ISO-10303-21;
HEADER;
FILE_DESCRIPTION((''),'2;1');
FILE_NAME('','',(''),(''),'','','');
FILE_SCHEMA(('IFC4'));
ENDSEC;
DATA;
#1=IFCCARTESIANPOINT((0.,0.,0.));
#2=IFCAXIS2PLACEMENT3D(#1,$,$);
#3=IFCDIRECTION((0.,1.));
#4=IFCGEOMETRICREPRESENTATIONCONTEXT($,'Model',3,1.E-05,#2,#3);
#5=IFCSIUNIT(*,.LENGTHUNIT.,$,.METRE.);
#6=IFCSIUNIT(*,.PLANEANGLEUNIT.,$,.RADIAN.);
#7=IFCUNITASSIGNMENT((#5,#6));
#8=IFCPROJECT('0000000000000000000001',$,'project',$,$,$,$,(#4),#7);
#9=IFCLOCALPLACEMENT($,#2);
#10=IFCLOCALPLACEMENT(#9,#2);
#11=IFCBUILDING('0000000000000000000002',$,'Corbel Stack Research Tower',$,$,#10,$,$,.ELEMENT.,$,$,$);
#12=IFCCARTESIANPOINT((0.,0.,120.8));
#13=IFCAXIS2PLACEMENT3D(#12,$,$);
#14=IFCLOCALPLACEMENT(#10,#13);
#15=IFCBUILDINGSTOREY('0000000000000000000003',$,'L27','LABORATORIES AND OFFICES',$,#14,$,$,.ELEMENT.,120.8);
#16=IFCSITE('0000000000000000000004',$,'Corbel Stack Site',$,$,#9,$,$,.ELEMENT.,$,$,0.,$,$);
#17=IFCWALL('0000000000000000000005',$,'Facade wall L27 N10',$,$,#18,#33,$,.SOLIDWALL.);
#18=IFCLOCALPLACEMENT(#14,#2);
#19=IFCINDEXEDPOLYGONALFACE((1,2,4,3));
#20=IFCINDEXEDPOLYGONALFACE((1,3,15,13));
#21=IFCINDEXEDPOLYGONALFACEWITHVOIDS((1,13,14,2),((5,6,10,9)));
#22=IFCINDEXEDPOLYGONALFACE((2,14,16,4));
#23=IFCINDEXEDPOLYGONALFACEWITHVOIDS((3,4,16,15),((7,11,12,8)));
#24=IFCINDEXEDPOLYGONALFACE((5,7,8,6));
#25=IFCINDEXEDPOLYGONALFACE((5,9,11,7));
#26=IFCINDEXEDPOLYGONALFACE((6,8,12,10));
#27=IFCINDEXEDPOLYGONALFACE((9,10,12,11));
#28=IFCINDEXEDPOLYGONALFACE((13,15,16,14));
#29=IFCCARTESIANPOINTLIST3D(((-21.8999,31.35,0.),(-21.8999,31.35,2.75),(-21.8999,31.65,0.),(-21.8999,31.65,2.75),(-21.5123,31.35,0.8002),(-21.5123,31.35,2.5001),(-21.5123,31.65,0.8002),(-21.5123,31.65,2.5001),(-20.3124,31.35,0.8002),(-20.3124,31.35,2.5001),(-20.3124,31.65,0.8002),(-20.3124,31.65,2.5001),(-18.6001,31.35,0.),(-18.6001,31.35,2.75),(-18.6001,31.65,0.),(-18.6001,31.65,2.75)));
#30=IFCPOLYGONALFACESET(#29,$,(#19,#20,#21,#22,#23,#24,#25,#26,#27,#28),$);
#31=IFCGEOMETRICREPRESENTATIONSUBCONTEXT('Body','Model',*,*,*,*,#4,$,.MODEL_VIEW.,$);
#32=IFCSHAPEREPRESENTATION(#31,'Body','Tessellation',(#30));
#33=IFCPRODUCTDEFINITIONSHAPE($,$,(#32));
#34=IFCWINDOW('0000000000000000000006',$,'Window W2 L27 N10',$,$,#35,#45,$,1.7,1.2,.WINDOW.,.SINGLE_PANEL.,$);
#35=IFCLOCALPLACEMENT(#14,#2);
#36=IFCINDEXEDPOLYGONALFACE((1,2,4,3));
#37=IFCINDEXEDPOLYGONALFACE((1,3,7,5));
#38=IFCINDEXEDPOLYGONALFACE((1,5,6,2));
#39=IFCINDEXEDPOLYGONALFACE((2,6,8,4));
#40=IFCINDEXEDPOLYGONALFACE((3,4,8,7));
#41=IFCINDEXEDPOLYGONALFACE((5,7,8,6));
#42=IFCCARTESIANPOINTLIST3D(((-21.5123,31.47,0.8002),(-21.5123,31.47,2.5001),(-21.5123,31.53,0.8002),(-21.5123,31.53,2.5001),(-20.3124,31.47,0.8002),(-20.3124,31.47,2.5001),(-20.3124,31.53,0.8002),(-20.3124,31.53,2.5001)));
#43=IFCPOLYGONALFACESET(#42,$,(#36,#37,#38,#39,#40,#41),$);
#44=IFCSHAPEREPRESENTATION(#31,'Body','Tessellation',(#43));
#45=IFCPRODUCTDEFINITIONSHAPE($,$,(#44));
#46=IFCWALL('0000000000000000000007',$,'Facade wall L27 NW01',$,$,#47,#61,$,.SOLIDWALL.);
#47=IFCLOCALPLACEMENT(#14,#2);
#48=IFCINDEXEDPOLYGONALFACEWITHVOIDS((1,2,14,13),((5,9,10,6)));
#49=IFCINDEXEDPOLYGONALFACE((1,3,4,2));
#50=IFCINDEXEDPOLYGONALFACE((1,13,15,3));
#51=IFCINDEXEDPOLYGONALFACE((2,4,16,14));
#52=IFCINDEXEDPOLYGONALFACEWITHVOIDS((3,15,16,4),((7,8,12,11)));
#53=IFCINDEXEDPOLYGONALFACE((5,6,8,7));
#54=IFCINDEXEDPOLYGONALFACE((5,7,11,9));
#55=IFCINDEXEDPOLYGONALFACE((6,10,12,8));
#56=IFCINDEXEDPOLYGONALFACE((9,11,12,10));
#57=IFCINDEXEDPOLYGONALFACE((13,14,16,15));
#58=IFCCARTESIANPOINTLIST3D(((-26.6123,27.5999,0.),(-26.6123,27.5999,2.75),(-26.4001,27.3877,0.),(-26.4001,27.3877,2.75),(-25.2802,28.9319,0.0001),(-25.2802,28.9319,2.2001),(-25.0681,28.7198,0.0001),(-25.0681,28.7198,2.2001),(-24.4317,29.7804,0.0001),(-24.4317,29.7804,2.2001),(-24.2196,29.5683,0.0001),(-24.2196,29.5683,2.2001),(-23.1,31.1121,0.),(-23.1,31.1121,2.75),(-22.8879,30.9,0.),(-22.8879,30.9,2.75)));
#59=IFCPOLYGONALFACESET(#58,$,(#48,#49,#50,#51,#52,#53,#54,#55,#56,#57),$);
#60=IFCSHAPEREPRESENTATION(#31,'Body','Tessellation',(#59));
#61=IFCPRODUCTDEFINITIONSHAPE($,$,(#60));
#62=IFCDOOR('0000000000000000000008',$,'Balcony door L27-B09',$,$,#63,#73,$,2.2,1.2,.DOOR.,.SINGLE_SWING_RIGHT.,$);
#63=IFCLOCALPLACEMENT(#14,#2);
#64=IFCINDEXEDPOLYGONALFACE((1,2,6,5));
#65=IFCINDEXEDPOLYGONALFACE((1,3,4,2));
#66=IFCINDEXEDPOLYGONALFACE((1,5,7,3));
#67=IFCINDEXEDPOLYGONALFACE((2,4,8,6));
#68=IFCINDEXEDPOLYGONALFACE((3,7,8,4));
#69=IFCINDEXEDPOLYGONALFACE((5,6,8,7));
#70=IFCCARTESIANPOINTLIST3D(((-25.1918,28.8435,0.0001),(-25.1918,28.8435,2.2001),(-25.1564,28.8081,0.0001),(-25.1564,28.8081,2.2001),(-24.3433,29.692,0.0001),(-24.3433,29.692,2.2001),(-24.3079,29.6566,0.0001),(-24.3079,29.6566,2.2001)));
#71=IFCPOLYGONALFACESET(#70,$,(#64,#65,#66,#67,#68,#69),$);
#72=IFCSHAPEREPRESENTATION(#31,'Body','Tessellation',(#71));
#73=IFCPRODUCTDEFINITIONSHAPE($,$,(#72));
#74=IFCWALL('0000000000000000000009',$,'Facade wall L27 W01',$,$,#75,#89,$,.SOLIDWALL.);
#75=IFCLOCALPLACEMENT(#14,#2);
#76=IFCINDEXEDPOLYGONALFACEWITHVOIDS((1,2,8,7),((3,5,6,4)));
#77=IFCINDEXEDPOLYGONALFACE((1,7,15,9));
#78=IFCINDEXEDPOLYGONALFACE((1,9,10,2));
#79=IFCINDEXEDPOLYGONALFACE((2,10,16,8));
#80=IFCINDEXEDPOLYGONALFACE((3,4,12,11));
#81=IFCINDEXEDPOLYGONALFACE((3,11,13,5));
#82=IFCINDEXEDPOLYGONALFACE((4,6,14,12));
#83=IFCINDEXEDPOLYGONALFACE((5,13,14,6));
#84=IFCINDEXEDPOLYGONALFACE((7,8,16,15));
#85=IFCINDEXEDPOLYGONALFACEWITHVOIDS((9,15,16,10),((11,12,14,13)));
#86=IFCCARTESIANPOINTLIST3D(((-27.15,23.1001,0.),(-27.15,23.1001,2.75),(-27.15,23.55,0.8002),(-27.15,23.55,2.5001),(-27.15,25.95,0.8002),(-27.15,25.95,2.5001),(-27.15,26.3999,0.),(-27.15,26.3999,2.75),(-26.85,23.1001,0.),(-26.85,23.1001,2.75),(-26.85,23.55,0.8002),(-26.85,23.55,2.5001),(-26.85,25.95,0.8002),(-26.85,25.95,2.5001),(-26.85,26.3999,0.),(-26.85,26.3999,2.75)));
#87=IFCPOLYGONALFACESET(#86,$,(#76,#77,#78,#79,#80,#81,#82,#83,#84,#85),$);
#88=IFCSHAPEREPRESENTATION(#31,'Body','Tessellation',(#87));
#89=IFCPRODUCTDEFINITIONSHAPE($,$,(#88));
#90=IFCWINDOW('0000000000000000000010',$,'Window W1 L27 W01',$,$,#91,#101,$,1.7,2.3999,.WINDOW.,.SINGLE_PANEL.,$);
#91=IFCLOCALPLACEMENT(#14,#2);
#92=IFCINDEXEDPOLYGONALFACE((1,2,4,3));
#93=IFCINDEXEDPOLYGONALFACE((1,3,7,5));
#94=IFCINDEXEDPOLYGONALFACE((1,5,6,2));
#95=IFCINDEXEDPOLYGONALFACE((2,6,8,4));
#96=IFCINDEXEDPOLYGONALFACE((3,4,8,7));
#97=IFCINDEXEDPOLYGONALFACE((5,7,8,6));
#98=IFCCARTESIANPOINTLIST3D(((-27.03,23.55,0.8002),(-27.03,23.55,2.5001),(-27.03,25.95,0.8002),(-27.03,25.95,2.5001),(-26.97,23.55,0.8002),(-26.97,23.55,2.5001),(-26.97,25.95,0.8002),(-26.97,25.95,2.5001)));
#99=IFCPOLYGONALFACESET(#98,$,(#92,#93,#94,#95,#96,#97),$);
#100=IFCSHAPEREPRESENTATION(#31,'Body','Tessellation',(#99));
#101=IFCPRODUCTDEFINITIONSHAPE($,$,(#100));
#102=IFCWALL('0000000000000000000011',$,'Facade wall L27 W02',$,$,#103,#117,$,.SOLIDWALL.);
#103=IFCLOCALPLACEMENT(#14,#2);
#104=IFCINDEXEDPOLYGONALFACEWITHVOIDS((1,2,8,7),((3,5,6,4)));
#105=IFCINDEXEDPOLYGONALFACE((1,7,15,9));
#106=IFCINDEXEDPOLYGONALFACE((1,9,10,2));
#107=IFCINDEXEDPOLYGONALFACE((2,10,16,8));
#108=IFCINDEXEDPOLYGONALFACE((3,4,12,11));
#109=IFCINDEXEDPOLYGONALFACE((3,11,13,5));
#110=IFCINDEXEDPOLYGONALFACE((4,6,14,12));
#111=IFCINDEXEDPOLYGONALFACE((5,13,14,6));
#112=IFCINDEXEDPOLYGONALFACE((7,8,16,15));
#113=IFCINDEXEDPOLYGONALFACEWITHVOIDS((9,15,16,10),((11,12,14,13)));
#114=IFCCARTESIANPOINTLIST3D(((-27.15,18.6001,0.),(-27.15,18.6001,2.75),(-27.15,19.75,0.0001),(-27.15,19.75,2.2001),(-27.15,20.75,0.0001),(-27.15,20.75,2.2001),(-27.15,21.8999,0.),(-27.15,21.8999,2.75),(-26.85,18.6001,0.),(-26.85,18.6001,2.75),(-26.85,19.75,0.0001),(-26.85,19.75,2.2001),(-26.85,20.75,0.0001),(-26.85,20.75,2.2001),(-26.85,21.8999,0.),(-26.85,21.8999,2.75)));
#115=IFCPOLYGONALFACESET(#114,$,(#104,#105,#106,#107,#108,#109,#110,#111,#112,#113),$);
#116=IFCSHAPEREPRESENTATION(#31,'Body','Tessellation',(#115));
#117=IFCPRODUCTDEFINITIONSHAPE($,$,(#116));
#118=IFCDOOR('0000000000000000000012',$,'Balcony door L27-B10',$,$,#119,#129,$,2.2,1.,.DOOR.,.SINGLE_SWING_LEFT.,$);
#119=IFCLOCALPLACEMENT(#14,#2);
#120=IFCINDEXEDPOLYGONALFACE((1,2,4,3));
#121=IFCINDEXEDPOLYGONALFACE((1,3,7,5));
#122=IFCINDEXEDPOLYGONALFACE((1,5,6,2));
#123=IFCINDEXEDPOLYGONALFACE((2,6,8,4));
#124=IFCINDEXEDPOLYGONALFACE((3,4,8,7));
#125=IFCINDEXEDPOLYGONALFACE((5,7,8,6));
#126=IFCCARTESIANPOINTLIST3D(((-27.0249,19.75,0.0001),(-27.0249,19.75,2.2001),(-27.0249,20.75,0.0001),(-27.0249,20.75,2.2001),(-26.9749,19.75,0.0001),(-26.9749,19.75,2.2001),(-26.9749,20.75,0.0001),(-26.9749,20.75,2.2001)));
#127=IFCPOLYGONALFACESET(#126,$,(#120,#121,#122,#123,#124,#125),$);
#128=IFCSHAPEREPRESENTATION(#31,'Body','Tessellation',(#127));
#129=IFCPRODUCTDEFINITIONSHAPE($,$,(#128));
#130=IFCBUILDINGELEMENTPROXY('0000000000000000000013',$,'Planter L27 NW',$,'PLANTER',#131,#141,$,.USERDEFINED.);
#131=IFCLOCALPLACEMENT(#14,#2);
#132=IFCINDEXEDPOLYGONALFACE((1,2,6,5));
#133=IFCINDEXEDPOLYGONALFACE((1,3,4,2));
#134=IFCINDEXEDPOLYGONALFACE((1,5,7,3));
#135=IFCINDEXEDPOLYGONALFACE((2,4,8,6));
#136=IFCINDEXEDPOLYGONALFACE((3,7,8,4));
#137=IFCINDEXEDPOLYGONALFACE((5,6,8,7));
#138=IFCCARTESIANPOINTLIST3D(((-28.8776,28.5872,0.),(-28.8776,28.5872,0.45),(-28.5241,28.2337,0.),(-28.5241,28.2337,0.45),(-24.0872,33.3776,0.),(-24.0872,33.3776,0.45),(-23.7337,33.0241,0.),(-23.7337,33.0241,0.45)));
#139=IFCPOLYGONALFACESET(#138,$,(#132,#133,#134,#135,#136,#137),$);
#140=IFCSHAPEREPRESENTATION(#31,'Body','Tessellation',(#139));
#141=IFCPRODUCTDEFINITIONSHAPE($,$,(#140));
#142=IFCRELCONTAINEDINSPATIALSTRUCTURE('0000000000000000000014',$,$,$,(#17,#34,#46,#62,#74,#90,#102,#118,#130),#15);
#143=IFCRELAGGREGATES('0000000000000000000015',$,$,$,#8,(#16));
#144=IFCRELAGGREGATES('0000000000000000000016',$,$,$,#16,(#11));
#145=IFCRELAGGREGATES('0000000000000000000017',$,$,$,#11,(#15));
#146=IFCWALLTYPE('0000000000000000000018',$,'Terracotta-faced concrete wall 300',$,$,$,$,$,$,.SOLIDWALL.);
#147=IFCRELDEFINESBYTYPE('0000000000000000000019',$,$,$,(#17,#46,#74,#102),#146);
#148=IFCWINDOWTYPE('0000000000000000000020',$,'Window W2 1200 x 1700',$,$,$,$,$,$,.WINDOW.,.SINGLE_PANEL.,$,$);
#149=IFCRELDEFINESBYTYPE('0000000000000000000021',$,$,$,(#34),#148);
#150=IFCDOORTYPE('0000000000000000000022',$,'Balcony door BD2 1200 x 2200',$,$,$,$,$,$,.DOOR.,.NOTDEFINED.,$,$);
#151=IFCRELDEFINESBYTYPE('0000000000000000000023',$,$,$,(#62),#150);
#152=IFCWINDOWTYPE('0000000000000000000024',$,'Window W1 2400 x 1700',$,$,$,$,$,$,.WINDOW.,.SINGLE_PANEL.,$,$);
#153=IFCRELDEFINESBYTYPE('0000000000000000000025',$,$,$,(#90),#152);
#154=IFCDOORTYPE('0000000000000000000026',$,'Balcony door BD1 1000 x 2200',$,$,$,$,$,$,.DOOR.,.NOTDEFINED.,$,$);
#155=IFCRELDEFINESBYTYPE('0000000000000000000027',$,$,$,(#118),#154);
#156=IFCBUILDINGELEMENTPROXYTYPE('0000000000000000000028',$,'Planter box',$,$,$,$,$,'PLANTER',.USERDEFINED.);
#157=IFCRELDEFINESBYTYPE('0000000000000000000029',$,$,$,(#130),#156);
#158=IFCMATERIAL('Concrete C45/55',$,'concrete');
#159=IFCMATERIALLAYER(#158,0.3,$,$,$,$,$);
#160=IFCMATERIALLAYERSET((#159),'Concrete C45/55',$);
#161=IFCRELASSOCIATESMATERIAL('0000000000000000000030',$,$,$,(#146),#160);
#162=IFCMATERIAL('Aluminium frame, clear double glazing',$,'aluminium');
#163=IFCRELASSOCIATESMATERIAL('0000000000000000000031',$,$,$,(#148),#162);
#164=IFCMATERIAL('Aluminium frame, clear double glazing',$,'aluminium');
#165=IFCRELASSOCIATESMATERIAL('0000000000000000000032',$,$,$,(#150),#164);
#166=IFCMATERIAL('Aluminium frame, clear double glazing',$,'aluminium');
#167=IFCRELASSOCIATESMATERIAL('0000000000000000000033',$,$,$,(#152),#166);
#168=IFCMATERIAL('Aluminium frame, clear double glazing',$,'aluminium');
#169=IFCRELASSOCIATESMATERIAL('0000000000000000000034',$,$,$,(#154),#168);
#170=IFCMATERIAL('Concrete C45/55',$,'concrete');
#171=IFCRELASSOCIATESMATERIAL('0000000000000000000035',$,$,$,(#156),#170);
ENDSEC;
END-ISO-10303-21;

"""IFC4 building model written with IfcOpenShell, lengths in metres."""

from ifc_helpers import new_model, si_unit, direction, frame, frame_2d, origin, origin_2d, place, context, subcontext, project, spatial, rectangle, extrude, material, layer, layer_set, type_object, element, fill, save


model = new_model("IFC4")

# Units and contexts
model_context = context("Model", 3, precision=1e-05, world=origin(), true_north=direction((0.0, 1.0)))
body_context = subcontext(model_context, "Body", "Model", "MODEL_VIEW")
ifc_project = project(units=[si_unit("LENGTHUNIT", "METRE"), si_unit("PLANEANGLEUNIT", "RADIAN")], contexts=[model_context])

# Site, building, storey
site_placement = place(None, origin())
site = spatial("IfcSite", under=ifc_project, at=site_placement, Name="Corbel Stack Site", CompositionType="ELEMENT", RefElevation=0.0)
building_placement = place(site_placement, origin())
building = spatial("IfcBuilding", under=site, at=building_placement, Name="Corbel Stack Research Tower", CompositionType="ELEMENT")
storey_placement = place(building_placement, frame((0.0, 0.0, 120.8)))
storey = spatial("IfcBuildingStorey", under=building, at=storey_placement, Name="L27", Description="LABORATORIES AND OFFICES", CompositionType="ELEMENT", Elevation=120.8)

# Wall, opening, window
ifc_material_1 = material(Name="Concrete C45/55", Category="concrete")
ifc_layer_1 = layer(ifc_material_1, 0.3)
ifc_layer_set_1 = layer_set([ifc_layer_1], Name="Concrete C45/55")
wall_type_1 = type_object("IfcWallType", Name="Terracotta-faced concrete wall 300", PredefinedType="SOLIDWALL", material=ifc_layer_set_1)
wall_1_placement = place(storey_placement, frame((-21.8999, 31.5, 0.0), z_axis=(0.0, 0.0, 1.0), x_axis=(1.0, 0.0, 0.0)))
wall_1 = element("IfcWall", 1, at=wall_1_placement, inside=storey, type_object=wall_type_1, Name="Facade wall L27 N10", PredefinedType="SOLIDWALL", context=body_context, shape_type="SweptSolid", body=[
    extrude(rectangle(XDim=3.2998, YDim=0.3, at=frame_2d((1.6499, 0.0))), origin(), (0.0, 0.0, 1.0), 2.75),
])
opening_1_placement = place(wall_1_placement, frame((0.3875, 0.0, 0.8)))
opening_1 = element("IfcOpeningElement", 2, at=opening_1_placement, cuts=wall_1, PredefinedType="OPENING", context=body_context, shape_type="SweptSolid", body=[
    extrude(rectangle(XDim=1.2, YDim=1.7, at=frame_2d((0.6001, 0.8501))), frame((0.0, 0.1599, 0.0), z_axis=(0.0, -1.0, 0.0), x_axis=(1.0, 0.0, 0.0)), (0.0, 0.0, 1.0), 0.3201),
])
ifc_material_2 = material(Name="Aluminium frame, clear double glazing", Category="aluminium")
window_type_1 = type_object("IfcWindowType", Name="Window W2 1200 x 1700", PartitioningType="SINGLE_PANEL", PredefinedType="WINDOW", material=ifc_material_2)
window_1_placement = place(opening_1_placement, origin())
window_1 = element("IfcWindow", 3, at=window_1_placement, inside=storey, type_object=window_type_1, Name="Window W2 L27 N10", OverallHeight=1.7, OverallWidth=1.2, PartitioningType="SINGLE_PANEL", PredefinedType="WINDOW", context=body_context, shape_type="SweptSolid", body=[
    extrude(rectangle(XDim=1.2, YDim=1.7, at=frame_2d((0.6001, 0.8501))), frame((0.0, 0.03, 0.0), z_axis=(0.0, -1.0, 0.0), x_axis=(1.0, 0.0, 0.0)), (0.0, 0.0, 1.0), 0.0601),
])
fill(opening_1, window_1)

# Wall, opening, door
wall_2_placement = place(storey_placement, frame((-26.5061, 27.4939, 0.0), z_axis=(0.0, 0.0, 1.0), x_axis=(0.707107, 0.707107, 0.0)))
wall_2 = element("IfcWall", 4, at=wall_2_placement, inside=storey, type_object=wall_type_1, Name="Facade wall L27 NW01", PredefinedType="SOLIDWALL", context=body_context, shape_type="SweptSolid", body=[
    extrude(rectangle(XDim=4.967, YDim=0.3, at=frame_2d((2.4834, 0.0))), origin(), (0.0, 0.0, 1.0), 2.75),
])
opening_2_placement = place(wall_2_placement, frame((1.8835, 0.0, 0.0)))
opening_2 = element("IfcOpeningElement", 5, at=opening_2_placement, cuts=wall_2, PredefinedType="OPENING", context=body_context, shape_type="SweptSolid", body=[
    extrude(rectangle(XDim=1.2, YDim=2.2, at=frame_2d((0.6001, 1.1001))), frame((0.0, 0.1599, 0.0), z_axis=(0.0, -1.0, 0.0), x_axis=(1.0, 0.0, 0.0)), (0.0, 0.0, 1.0), 0.3201),
])
ifc_material_3 = material(Name="Aluminium frame, clear double glazing", Category="aluminium")
door_type_1 = type_object("IfcDoorType", Name="Balcony door BD2 1200 x 2200", OperationType="NOTDEFINED", PredefinedType="DOOR", material=ifc_material_3)
door_1_placement = place(opening_2_placement, origin())
door_1 = element("IfcDoor", 6, at=door_1_placement, inside=storey, type_object=door_type_1, Name="Balcony door L27-B09", OperationType="SINGLE_SWING_RIGHT", OverallHeight=2.2, OverallWidth=1.2, PredefinedType="DOOR", context=body_context, shape_type="SweptSolid", body=[
    extrude(rectangle(XDim=1.2, YDim=2.2, at=frame_2d((0.6001, 1.1001))), frame((0.0, 0.0249, 0.0), z_axis=(0.0, -1.0, 0.0), x_axis=(1.0, 0.0, 0.0)), (0.0, 0.0, 1.0), 0.05),
])
fill(opening_2, door_1)

# Wall, opening, window
wall_3_placement = place(storey_placement, frame((-27.0, 23.1001, 0.0), z_axis=(0.0, 0.0, 1.0), x_axis=(0.0, 1.0, 0.0)))
wall_3 = element("IfcWall", 7, at=wall_3_placement, inside=storey, type_object=wall_type_1, Name="Facade wall L27 W01", PredefinedType="SOLIDWALL", context=body_context, shape_type="SweptSolid", body=[
    extrude(rectangle(XDim=3.2998, YDim=0.3, at=frame_2d((1.6499, 0.0))), origin(), (0.0, 0.0, 1.0), 2.75),
])
opening_3_placement = place(wall_3_placement, frame((0.45, 0.0, 0.8)))
opening_3 = element("IfcOpeningElement", 8, at=opening_3_placement, cuts=wall_3, PredefinedType="OPENING", context=body_context, shape_type="SweptSolid", body=[
    extrude(rectangle(XDim=2.3999, YDim=1.7, at=frame_2d((1.2, 0.8501))), frame((0.0, 0.1599, 0.0), z_axis=(0.0, -1.0, 0.0), x_axis=(1.0, 0.0, 0.0)), (0.0, 0.0, 1.0), 0.3201),
])
ifc_material_4 = material(Name="Aluminium frame, clear double glazing", Category="aluminium")
window_type_2 = type_object("IfcWindowType", Name="Window W1 2400 x 1700", PartitioningType="SINGLE_PANEL", PredefinedType="WINDOW", material=ifc_material_4)
window_2_placement = place(opening_3_placement, origin())
window_2 = element("IfcWindow", 9, at=window_2_placement, inside=storey, type_object=window_type_2, Name="Window W1 L27 W01", OverallHeight=1.7, OverallWidth=2.3999, PartitioningType="SINGLE_PANEL", PredefinedType="WINDOW", context=body_context, shape_type="SweptSolid", body=[
    extrude(rectangle(XDim=2.3999, YDim=1.7, at=frame_2d((1.2, 0.8501))), frame((0.0, 0.03, 0.0), z_axis=(0.0, -1.0, 0.0), x_axis=(1.0, 0.0, 0.0)), (0.0, 0.0, 1.0), 0.0601),
])
fill(opening_3, window_2)

# Wall, opening, door
wall_4_placement = place(storey_placement, frame((-27.0, 18.6001, 0.0), z_axis=(0.0, 0.0, 1.0), x_axis=(0.0, 1.0, 0.0)))
wall_4 = element("IfcWall", 10, at=wall_4_placement, inside=storey, type_object=wall_type_1, Name="Facade wall L27 W02", PredefinedType="SOLIDWALL", context=body_context, shape_type="SweptSolid", body=[
    extrude(rectangle(XDim=3.2998, YDim=0.3, at=frame_2d((1.6499, 0.0))), origin(), (0.0, 0.0, 1.0), 2.75),
])
opening_4_placement = place(wall_4_placement, frame((1.1499, 0.0, 0.0)))
opening_4 = element("IfcOpeningElement", 11, at=opening_4_placement, cuts=wall_4, PredefinedType="OPENING", context=body_context, shape_type="SweptSolid", body=[
    extrude(rectangle(XDim=1.0, YDim=2.2, at=frame_2d((0.5, 1.1001))), frame((0.0, 0.1599, 0.0), z_axis=(0.0, -1.0, 0.0), x_axis=(1.0, 0.0, 0.0)), (0.0, 0.0, 1.0), 0.3201),
])
ifc_material_5 = material(Name="Aluminium frame, clear double glazing", Category="aluminium")
door_type_2 = type_object("IfcDoorType", Name="Balcony door BD1 1000 x 2200", OperationType="NOTDEFINED", PredefinedType="DOOR", material=ifc_material_5)
door_2_placement = place(opening_4_placement, origin())
door_2 = element("IfcDoor", 12, at=door_2_placement, inside=storey, type_object=door_type_2, Name="Balcony door L27-B10", OperationType="SINGLE_SWING_LEFT", OverallHeight=2.2, OverallWidth=1.0, PredefinedType="DOOR", context=body_context, shape_type="SweptSolid", body=[
    extrude(rectangle(XDim=1.0, YDim=2.2, at=frame_2d((0.5, 1.1001))), frame((0.0, 0.0249, 0.0), z_axis=(0.0, -1.0, 0.0), x_axis=(1.0, 0.0, 0.0)), (0.0, 0.0, 1.0), 0.05),
])
fill(opening_4, door_2)

# Building element proxy
ifc_material_6 = material(Name="Concrete C45/55", Category="concrete")
building_element_proxy_type = type_object("IfcBuildingElementProxyType", Name="Planter box", ElementType="PLANTER", PredefinedType="USERDEFINED", material=ifc_material_6)
proxy_placement = place(storey_placement, frame((-26.3057, 30.8057, 0.0), z_axis=(0.0, 0.0, 1.0), x_axis=(-0.707107, -0.707107, 0.0)))
element("IfcBuildingElementProxy", 13, at=proxy_placement, inside=storey, type_object=building_element_proxy_type, Name="Planter L27 NW", ObjectType="PLANTER", PredefinedType="USERDEFINED", context=body_context, shape_type="SweptSolid", body=[
    extrude(rectangle(XDim=6.7747, YDim=0.5, at=origin_2d()), origin(), (0.0, 0.0, 1.0), 0.45),
])

save(model, "model.ifc")
